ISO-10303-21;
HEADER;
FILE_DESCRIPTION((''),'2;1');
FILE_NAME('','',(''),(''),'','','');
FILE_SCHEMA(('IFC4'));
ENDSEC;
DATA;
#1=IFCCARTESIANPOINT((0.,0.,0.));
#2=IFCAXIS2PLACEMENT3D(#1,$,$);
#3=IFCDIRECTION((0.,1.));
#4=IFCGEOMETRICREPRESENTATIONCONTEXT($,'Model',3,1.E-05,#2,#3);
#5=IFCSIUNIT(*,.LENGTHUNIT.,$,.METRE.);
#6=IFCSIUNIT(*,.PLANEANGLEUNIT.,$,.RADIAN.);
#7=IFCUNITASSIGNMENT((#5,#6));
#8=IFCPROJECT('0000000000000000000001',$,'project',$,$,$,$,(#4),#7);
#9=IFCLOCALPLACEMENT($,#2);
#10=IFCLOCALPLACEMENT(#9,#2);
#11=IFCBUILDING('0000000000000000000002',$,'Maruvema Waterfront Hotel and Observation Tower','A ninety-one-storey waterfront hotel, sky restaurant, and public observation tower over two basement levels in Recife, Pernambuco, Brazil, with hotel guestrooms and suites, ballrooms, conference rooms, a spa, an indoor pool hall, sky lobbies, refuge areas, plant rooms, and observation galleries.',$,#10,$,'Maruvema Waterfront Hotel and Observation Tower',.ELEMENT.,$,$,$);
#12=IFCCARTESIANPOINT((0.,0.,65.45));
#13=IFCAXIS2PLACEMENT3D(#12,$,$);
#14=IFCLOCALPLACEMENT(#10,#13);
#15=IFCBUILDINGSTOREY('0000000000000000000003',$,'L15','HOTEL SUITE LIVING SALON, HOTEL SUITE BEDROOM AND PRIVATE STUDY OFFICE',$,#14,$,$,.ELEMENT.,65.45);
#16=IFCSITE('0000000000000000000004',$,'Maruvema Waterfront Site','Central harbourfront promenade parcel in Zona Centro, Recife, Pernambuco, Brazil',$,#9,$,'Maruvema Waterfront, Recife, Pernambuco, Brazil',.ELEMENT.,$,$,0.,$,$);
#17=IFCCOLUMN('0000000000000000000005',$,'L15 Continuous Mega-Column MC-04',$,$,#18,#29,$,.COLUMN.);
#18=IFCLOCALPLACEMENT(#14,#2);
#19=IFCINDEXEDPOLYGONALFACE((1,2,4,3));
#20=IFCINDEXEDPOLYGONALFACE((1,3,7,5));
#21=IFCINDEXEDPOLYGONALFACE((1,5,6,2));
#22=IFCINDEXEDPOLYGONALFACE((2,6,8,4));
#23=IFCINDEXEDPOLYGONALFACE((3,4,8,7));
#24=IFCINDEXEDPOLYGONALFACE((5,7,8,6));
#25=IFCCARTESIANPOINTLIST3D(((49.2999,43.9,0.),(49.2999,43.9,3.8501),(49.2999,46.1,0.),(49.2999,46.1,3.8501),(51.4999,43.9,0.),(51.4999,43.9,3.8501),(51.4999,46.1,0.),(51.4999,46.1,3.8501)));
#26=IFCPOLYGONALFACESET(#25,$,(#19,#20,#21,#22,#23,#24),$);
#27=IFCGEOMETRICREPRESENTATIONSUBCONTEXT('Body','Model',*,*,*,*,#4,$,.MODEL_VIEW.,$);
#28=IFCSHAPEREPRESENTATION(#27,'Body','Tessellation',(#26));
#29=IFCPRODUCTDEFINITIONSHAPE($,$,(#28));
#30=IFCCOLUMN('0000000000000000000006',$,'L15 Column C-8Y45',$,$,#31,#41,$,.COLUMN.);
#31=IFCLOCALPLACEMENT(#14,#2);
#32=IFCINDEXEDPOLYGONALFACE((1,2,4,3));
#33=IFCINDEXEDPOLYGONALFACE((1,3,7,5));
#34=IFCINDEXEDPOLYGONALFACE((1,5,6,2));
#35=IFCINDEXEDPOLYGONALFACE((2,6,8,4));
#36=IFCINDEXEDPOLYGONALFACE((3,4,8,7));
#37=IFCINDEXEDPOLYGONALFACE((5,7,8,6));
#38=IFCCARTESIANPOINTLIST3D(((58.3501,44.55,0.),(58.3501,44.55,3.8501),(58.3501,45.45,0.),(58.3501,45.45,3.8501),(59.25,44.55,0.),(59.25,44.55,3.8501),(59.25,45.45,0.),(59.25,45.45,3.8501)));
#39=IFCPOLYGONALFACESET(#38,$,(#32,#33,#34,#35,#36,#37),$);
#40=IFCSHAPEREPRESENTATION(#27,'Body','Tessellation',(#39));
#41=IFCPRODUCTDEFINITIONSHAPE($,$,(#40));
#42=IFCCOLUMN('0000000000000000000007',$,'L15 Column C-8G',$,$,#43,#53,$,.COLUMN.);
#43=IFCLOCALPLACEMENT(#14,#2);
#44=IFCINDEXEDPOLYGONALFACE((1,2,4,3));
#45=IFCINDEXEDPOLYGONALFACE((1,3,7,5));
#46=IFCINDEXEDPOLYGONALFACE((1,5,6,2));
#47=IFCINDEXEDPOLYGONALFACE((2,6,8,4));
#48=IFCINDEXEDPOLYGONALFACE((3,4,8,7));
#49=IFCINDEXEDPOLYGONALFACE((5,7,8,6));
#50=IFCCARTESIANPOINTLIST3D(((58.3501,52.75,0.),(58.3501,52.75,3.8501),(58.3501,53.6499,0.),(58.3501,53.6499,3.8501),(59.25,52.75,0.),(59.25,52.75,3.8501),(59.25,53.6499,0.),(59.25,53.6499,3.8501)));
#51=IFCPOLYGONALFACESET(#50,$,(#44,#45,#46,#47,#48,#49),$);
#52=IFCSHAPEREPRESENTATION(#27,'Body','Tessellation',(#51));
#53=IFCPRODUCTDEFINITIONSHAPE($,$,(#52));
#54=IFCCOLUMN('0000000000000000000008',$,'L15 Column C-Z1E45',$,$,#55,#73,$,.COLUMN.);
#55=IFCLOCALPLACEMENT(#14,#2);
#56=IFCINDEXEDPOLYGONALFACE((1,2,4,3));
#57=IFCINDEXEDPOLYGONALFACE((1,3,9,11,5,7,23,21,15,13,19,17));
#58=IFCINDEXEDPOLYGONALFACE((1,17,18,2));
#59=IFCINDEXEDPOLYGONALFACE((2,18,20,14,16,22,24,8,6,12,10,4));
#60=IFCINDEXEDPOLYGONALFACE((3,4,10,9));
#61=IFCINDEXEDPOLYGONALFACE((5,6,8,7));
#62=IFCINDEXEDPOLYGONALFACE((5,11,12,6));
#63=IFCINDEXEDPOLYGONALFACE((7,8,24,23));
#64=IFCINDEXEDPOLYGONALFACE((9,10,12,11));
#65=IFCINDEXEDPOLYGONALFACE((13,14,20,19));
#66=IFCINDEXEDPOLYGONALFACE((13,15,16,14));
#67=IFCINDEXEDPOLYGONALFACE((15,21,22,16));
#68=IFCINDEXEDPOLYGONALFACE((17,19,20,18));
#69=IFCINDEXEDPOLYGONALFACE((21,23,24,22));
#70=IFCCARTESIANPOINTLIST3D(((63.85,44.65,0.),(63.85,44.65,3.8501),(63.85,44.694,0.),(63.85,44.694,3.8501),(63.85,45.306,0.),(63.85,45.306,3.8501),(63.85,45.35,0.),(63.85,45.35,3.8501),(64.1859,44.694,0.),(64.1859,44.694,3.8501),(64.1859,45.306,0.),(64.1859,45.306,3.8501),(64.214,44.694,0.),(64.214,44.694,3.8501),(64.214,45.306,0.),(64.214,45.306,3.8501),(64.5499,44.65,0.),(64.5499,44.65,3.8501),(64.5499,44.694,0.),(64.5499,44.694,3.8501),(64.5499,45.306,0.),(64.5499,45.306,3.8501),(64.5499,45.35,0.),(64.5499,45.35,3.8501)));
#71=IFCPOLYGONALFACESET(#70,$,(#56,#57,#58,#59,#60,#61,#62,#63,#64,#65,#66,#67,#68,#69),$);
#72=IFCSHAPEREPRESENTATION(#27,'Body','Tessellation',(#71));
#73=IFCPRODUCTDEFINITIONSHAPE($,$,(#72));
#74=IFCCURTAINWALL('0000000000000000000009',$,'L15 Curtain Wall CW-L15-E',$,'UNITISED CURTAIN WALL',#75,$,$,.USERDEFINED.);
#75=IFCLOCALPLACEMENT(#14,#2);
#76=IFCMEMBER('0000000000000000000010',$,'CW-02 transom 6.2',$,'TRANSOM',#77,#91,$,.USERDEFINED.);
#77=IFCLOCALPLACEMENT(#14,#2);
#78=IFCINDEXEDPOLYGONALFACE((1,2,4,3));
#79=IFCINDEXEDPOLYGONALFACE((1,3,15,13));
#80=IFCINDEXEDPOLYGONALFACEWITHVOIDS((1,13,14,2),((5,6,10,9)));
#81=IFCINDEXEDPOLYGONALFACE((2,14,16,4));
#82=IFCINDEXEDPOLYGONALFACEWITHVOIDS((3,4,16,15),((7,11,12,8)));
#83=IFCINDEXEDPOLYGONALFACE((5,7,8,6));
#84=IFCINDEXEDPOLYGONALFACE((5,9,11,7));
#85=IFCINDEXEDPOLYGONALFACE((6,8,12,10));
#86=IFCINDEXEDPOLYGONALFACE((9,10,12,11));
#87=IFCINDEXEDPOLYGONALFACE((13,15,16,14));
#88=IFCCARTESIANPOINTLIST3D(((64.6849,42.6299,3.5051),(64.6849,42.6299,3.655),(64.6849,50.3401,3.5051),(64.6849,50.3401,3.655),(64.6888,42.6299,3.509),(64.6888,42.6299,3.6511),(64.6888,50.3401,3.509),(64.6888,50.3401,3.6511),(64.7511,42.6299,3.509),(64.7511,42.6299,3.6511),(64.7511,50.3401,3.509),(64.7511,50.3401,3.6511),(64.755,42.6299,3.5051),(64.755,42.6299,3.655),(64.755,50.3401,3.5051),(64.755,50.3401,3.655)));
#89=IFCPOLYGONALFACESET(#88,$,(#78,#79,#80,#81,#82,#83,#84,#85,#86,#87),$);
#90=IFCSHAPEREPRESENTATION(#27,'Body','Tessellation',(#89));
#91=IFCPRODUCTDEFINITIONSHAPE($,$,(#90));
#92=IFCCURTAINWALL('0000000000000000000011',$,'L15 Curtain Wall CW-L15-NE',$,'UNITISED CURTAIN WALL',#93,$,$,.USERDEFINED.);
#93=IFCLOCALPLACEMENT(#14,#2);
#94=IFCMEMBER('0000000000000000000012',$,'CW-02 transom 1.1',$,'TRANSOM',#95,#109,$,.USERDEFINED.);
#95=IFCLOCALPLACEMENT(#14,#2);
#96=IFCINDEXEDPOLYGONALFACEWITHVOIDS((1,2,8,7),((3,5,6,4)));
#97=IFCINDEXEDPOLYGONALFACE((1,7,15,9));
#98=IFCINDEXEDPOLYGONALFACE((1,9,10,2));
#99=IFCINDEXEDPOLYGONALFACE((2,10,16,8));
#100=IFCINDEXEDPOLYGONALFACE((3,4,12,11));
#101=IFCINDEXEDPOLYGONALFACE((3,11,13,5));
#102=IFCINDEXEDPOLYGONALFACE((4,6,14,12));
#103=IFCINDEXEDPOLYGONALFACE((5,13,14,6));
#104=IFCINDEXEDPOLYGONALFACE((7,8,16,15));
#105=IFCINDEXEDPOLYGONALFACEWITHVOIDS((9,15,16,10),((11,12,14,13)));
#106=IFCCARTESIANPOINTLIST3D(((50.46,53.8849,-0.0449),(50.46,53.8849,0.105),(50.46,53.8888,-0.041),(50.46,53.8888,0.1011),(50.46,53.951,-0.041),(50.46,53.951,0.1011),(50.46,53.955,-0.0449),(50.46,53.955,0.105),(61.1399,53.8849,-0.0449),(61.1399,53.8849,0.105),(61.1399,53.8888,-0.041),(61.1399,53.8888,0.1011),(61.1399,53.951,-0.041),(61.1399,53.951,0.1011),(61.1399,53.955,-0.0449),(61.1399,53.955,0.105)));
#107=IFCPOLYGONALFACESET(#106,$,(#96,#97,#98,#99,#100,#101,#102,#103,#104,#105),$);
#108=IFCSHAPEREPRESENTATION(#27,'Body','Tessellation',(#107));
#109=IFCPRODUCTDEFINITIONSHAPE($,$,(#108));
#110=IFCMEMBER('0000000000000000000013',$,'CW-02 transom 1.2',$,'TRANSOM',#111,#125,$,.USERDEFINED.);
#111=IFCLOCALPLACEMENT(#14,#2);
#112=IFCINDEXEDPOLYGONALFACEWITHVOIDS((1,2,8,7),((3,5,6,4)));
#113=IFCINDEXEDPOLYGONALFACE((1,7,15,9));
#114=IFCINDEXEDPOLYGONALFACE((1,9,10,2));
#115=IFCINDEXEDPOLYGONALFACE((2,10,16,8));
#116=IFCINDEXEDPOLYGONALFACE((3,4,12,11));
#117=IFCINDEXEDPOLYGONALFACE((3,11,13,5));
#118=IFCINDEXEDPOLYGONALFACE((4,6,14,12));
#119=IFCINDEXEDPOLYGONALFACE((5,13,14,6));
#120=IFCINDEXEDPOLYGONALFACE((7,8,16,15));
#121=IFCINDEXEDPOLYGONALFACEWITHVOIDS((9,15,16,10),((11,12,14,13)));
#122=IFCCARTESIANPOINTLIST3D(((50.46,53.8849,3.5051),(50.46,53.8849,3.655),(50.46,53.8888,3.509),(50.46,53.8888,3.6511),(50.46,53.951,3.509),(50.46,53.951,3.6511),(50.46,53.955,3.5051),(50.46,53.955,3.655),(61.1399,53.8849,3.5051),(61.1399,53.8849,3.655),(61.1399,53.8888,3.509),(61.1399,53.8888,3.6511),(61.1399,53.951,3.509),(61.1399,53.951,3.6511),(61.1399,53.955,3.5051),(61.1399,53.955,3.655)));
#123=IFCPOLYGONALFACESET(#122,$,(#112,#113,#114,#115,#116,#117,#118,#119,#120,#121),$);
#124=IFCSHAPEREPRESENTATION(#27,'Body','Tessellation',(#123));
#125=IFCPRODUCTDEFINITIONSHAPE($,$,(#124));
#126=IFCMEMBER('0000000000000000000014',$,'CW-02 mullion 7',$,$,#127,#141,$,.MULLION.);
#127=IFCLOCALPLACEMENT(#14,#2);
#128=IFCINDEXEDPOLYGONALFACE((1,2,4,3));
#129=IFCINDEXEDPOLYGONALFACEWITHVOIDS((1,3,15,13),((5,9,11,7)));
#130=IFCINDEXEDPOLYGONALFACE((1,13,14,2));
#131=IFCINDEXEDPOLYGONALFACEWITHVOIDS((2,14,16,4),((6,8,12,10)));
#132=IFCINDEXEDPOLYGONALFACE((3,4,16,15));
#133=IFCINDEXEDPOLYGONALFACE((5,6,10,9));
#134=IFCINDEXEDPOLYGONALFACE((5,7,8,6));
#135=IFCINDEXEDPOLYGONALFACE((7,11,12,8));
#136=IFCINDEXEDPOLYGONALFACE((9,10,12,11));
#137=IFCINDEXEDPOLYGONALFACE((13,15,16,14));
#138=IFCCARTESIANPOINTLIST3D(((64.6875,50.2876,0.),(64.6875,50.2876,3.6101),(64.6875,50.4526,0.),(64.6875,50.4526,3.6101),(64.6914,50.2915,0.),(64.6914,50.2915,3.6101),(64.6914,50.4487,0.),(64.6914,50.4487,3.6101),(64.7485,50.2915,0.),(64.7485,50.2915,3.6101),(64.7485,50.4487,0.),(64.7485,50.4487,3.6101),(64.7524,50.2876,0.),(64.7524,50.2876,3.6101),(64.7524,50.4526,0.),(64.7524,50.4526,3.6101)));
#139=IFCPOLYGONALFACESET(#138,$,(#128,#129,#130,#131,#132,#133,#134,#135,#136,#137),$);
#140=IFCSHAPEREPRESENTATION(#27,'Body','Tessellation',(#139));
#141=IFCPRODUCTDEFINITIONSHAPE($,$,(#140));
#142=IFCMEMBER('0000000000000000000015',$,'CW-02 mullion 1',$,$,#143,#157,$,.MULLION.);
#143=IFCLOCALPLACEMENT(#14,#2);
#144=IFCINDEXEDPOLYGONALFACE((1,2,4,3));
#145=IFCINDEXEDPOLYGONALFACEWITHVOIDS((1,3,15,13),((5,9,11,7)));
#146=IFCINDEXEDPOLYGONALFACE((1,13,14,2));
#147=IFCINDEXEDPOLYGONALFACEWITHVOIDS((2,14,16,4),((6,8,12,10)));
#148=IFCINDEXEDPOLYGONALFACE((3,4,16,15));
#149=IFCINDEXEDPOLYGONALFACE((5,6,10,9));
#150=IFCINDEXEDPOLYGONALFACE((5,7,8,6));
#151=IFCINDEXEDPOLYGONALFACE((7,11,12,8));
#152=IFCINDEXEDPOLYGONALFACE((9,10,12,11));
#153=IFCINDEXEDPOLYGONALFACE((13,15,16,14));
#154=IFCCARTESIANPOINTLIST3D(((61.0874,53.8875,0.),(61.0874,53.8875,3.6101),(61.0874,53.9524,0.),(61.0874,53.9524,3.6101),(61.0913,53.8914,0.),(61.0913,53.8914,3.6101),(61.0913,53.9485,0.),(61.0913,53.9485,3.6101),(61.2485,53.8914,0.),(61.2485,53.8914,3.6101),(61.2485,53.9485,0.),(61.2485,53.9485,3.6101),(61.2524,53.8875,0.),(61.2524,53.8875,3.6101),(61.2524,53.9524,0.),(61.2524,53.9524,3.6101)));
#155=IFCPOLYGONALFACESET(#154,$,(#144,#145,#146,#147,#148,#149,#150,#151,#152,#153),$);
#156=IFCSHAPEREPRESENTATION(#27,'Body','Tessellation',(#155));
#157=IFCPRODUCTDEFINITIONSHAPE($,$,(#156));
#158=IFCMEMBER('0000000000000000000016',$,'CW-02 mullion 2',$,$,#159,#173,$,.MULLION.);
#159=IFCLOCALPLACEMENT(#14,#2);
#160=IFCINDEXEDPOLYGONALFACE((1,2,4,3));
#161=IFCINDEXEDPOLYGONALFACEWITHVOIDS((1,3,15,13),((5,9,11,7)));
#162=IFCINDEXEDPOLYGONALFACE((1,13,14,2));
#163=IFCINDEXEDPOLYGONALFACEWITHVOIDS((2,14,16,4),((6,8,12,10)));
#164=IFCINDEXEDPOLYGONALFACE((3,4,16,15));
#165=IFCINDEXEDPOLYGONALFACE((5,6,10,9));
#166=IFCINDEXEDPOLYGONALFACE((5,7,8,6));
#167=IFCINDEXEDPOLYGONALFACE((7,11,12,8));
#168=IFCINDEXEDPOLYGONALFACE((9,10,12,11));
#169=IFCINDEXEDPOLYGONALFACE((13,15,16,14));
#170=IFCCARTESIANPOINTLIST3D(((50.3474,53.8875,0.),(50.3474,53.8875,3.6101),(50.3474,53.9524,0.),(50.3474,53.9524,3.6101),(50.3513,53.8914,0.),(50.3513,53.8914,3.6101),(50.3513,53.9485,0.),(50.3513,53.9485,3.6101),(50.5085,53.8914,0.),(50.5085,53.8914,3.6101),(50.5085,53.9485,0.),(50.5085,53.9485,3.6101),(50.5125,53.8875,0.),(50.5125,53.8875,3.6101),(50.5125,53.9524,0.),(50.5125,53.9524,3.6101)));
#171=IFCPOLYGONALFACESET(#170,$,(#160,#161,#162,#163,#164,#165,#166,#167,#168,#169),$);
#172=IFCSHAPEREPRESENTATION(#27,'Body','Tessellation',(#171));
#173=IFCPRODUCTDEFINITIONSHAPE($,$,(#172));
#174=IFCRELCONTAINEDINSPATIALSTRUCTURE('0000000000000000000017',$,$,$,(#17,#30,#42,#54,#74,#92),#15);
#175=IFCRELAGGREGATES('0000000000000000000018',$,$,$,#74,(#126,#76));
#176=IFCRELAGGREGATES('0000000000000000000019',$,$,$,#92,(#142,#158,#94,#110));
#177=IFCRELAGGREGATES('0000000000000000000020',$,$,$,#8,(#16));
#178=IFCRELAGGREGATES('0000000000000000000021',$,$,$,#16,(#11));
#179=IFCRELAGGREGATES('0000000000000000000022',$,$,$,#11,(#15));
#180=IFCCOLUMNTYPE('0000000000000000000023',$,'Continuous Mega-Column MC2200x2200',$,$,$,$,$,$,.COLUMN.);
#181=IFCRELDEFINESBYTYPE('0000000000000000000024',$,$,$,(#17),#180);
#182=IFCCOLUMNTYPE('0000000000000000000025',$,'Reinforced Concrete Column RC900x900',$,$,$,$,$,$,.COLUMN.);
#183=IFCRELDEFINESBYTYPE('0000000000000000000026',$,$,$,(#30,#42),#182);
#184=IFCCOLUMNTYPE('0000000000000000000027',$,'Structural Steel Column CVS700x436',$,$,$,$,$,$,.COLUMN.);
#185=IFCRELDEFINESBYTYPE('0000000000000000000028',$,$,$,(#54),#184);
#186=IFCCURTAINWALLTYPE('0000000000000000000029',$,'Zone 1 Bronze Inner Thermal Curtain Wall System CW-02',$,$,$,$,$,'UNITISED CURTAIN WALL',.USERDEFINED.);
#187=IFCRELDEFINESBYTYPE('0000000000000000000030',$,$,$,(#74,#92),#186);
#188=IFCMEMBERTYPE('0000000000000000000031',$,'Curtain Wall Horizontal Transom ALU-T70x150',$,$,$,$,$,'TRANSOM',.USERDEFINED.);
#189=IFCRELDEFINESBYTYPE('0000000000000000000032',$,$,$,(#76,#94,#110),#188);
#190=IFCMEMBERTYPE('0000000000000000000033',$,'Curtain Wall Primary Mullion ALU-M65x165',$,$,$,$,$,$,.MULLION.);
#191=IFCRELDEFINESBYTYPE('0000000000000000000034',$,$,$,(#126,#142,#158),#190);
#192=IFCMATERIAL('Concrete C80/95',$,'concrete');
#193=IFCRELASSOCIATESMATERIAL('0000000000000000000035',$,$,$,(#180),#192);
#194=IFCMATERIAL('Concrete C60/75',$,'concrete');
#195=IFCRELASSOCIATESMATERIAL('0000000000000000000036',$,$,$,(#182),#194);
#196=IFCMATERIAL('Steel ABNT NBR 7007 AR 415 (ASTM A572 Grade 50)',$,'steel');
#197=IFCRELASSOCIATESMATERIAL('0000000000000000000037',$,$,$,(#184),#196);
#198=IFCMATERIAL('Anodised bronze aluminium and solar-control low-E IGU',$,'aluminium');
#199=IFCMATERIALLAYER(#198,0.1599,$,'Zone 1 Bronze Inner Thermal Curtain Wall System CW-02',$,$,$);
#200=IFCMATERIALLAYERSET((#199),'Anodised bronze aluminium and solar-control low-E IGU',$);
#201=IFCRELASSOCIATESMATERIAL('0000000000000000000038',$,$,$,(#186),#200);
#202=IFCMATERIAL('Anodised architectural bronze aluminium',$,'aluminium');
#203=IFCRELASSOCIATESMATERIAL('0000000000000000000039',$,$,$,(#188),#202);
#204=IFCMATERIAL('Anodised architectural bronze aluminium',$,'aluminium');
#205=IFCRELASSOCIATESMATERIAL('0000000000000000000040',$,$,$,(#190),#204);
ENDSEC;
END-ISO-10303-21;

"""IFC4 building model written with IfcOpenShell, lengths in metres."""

from ifc_helpers import new_model, si_unit, direction, frame, origin, origin_2d, place, context, subcontext, project, spatial, rectangle, hollow_rectangle, i_section, extrude, material, layer, layer_set, material_profile, profile_set, type_object, element, aggregate, save


model = new_model("IFC4")

# Units and contexts
model_context = context("Model", 3, precision=1e-05, world=origin(), true_north=direction((0.0, 1.0)))
body_context = subcontext(model_context, "Body", "Model", "MODEL_VIEW")
ifc_project = project(units=[si_unit("LENGTHUNIT", "METRE"), si_unit("PLANEANGLEUNIT", "RADIAN")], contexts=[model_context])

# Site, building, storey
site_placement = place(None, origin())
site = spatial("IfcSite", under=ifc_project, at=site_placement, Name="Maruvema Waterfront Site", Description="Central harbourfront promenade parcel in Zona Centro, Recife, Pernambuco, Brazil", LongName="Maruvema Waterfront, Recife, Pernambuco, Brazil", CompositionType="ELEMENT", RefElevation=0.0)
building_placement = place(site_placement, origin())
building = spatial("IfcBuilding", under=site, at=building_placement, Name="Maruvema Waterfront Hotel and Observation Tower", Description="A ninety-one-storey waterfront hotel, sky restaurant, and public observation tower over two basement levels in Recife, Pernambuco, Brazil, with hotel guestrooms and suites, ballrooms, conference rooms, a spa, an indoor pool hall, sky lobbies, refuge areas, plant rooms, and observation galleries.", LongName="Maruvema Waterfront Hotel and Observation Tower", CompositionType="ELEMENT")
storey_placement = place(building_placement, frame((0.0, 0.0, 65.45)))
storey = spatial("IfcBuildingStorey", under=building, at=storey_placement, Name="L15", Description="HOTEL SUITE LIVING SALON, HOTEL SUITE BEDROOM AND PRIVATE STUDY OFFICE", CompositionType="ELEMENT", Elevation=65.45)

# Columns
ifc_material_1 = material(Name="Concrete C80/95", Category="concrete")
ifc_material_profile_1 = material_profile(ifc_material_1, rectangle(XDim=2.2, YDim=2.2, at=origin_2d()), Name="MC2200x2200")
ifc_profile_set_1 = profile_set([ifc_material_profile_1], Name="Concrete C80/95")
column_type_1 = type_object("IfcColumnType", Name="Continuous Mega-Column MC2200x2200", PredefinedType="COLUMN", material=ifc_profile_set_1)
column_1_placement = place(storey_placement, frame((50.3999, 45.0, 0.0), z_axis=(0.0, 0.0, 1.0), x_axis=(1.0, 0.0, 0.0)))
element("IfcColumn", 1, at=column_1_placement, inside=storey, type_object=column_type_1, Name="L15 Continuous Mega-Column MC-04", PredefinedType="COLUMN", context=body_context, shape_type="SweptSolid", body=[
    extrude(rectangle(XDim=2.2, YDim=2.2, at=origin_2d()), origin(), (0.0, 0.0, 1.0), 3.8501),
])
ifc_material_2 = material(Name="Concrete C60/75", Category="concrete")
ifc_material_profile_2 = material_profile(ifc_material_2, rectangle(XDim=0.8999, YDim=0.8999, at=origin_2d()), Name="RC900x900")
ifc_profile_set_2 = profile_set([ifc_material_profile_2], Name="Concrete C60/75")
column_type_2 = type_object("IfcColumnType", Name="Reinforced Concrete Column RC900x900", PredefinedType="COLUMN", material=ifc_profile_set_2)
for number, where, z_axis, x_axis, name in (
    (2, (58.8, 45.0, 0.0), (0.0, 0.0, 1.0), (1.0, 0.0, 0.0), "L15 Column C-8Y45"),
    (3, (58.8, 53.2, 0.0), (0.0, 0.0, 1.0), (1.0, 0.0, 0.0), "L15 Column C-8G"),
):
    element("IfcColumn", number, at=place(storey_placement, frame(where, z_axis=z_axis, x_axis=x_axis)), inside=storey, type_object=column_type_2, Name=name, PredefinedType="COLUMN", context=body_context, shape_type="SweptSolid", body=[
        extrude(rectangle(XDim=0.8999, YDim=0.8999, at=origin_2d()), origin(), (0.0, 0.0, 1.0), 3.8501),
    ])
ifc_material_3 = material(Name="Steel ABNT NBR 7007 AR 415 (ASTM A572 Grade 50)", Category="steel")
ifc_material_profile_3 = material_profile(ifc_material_3, i_section(OverallWidth=0.7, OverallDepth=0.7, WebThickness=0.0281, FlangeThickness=0.0439, at=origin_2d()), Name="CVS700x436")
ifc_profile_set_3 = profile_set([ifc_material_profile_3], Name="Steel ABNT NBR 7007 AR 415 (ASTM A572 Grade 50)")
column_type_3 = type_object("IfcColumnType", Name="Structural Steel Column CVS700x436", PredefinedType="COLUMN", material=ifc_profile_set_3)
column_2_placement = place(storey_placement, frame((64.2, 45.0, 0.0), z_axis=(0.0, 0.0, 1.0), x_axis=(1.0, 0.0, 0.0)))
element("IfcColumn", 4, at=column_2_placement, inside=storey, type_object=column_type_3, Name="L15 Column C-Z1E45", PredefinedType="COLUMN", context=body_context, shape_type="SweptSolid", body=[
    extrude(i_section(OverallWidth=0.7, OverallDepth=0.7, WebThickness=0.0281, FlangeThickness=0.0439, at=origin_2d()), origin(), (0.0, 0.0, 1.0), 3.8501),
])

# Curtain wall, member
ifc_material_4 = material(Name="Anodised bronze aluminium and solar-control low-E IGU", Category="aluminium")
ifc_layer_1 = layer(ifc_material_4, 0.1599, Name="Zone 1 Bronze Inner Thermal Curtain Wall System CW-02")
ifc_layer_set_1 = layer_set([ifc_layer_1], Name="Anodised bronze aluminium and solar-control low-E IGU")
curtain_wall_type = type_object("IfcCurtainWallType", Name="Zone 1 Bronze Inner Thermal Curtain Wall System CW-02", ElementType="UNITISED CURTAIN WALL", PredefinedType="USERDEFINED", material=ifc_layer_set_1)
curtain_wall_1_placement = place(storey_placement, origin())
curtain_wall_1 = element("IfcCurtainWall", 5, at=curtain_wall_1_placement, inside=storey, type_object=curtain_wall_type, Name="L15 Curtain Wall CW-L15-E", ObjectType="UNITISED CURTAIN WALL", PredefinedType="USERDEFINED")
ifc_material_5 = material(Name="Anodised architectural bronze aluminium", Category="aluminium")
ifc_material_profile_4 = material_profile(ifc_material_5, hollow_rectangle(XDim=0.0701, YDim=0.1499, WallThickness=0.0039, at=origin_2d()), Name="ALU-T70x150")
ifc_profile_set_4 = profile_set([ifc_material_profile_4], Name="Anodised architectural bronze aluminium")
member_type_1 = type_object("IfcMemberType", Name="Curtain Wall Horizontal Transom ALU-T70x150", ElementType="TRANSOM", PredefinedType="USERDEFINED", material=ifc_profile_set_4)
member_1_placement = place(storey_placement, frame((64.72, 42.6299, 3.5801), z_axis=(0.0, 1.0, 0.0), x_axis=(-1.0, 0.0, 0.0)))
member_1 = element("IfcMember", 6, at=member_1_placement, type_object=member_type_1, Name="CW-02 transom 6.2", ObjectType="TRANSOM", PredefinedType="USERDEFINED", context=body_context, shape_type="SweptSolid", body=[
    extrude(hollow_rectangle(XDim=0.0701, YDim=0.1499, WallThickness=0.0039, at=origin_2d()), origin(), (0.0, 0.0, 1.0), 7.7102),
])

# Curtain wall, members
curtain_wall_2_placement = place(storey_placement, origin())
curtain_wall_2 = element("IfcCurtainWall", 7, at=curtain_wall_2_placement, inside=storey, type_object=curtain_wall_type, Name="L15 Curtain Wall CW-L15-NE", ObjectType="UNITISED CURTAIN WALL", PredefinedType="USERDEFINED")
member_2_placement = place(storey_placement, frame((61.1399, 53.9199, 0.03), z_axis=(-1.0, 0.0, 0.0), x_axis=(0.0, -1.0, 0.0)))
member_2 = element("IfcMember", 8, at=member_2_placement, type_object=member_type_1, Name="CW-02 transom 1.1", ObjectType="TRANSOM", PredefinedType="USERDEFINED", context=body_context, shape_type="SweptSolid", body=[
    extrude(hollow_rectangle(XDim=0.0701, YDim=0.1499, WallThickness=0.0039, at=origin_2d()), origin(), (0.0, 0.0, 1.0), 10.6799),
])
member_3_placement = place(storey_placement, frame((61.1399, 53.9199, 3.5801), z_axis=(-1.0, 0.0, 0.0), x_axis=(0.0, -1.0, 0.0)))
member_3 = element("IfcMember", 9, at=member_3_placement, type_object=member_type_1, Name="CW-02 transom 1.2", ObjectType="TRANSOM", PredefinedType="USERDEFINED", context=body_context, shape_type="SweptSolid", body=[
    extrude(hollow_rectangle(XDim=0.0701, YDim=0.1499, WallThickness=0.0039, at=origin_2d()), origin(), (0.0, 0.0, 1.0), 10.6799),
])

# Members
ifc_material_6 = material(Name="Anodised architectural bronze aluminium", Category="aluminium")
ifc_material_profile_5 = material_profile(ifc_material_6, hollow_rectangle(XDim=0.0649, YDim=0.165, WallThickness=0.0039, at=origin_2d()), Name="ALU-M65x165")
ifc_profile_set_5 = profile_set([ifc_material_profile_5], Name="Anodised architectural bronze aluminium")
member_type_2 = type_object("IfcMemberType", Name="Curtain Wall Primary Mullion ALU-M65x165", PredefinedType="MULLION", material=ifc_profile_set_5)
member_4_placement = place(storey_placement, frame((64.72, 50.3701, 0.0), z_axis=(0.0, 0.0, 1.0), x_axis=(-1.0, 0.0, 0.0)))
member_4 = element("IfcMember", 10, at=member_4_placement, type_object=member_type_2, Name="CW-02 mullion 7", PredefinedType="MULLION", context=body_context, shape_type="SweptSolid", body=[
    extrude(hollow_rectangle(XDim=0.0649, YDim=0.165, WallThickness=0.0039, at=origin_2d()), origin(), (0.0, 0.0, 1.0), 3.6101),
])
member_5_placement = place(storey_placement, frame((61.1699, 53.9199, 0.0), z_axis=(0.0, 0.0, 1.0), x_axis=(0.0, -1.0, 0.0)))
member_5 = element("IfcMember", 11, at=member_5_placement, type_object=member_type_2, Name="CW-02 mullion 1", PredefinedType="MULLION", context=body_context, shape_type="SweptSolid", body=[
    extrude(hollow_rectangle(XDim=0.0649, YDim=0.165, WallThickness=0.0039, at=origin_2d()), origin(), (0.0, 0.0, 1.0), 3.6101),
])
member_6_placement = place(storey_placement, frame((50.4299, 53.9199, 0.0), z_axis=(0.0, 0.0, 1.0), x_axis=(0.0, -1.0, 0.0)))
member_6 = element("IfcMember", 12, at=member_6_placement, type_object=member_type_2, Name="CW-02 mullion 2", PredefinedType="MULLION", context=body_context, shape_type="SweptSolid", body=[
    extrude(hollow_rectangle(XDim=0.0649, YDim=0.165, WallThickness=0.0039, at=origin_2d()), origin(), (0.0, 0.0, 1.0), 3.6101),
])

aggregate(curtain_wall_1, [member_4, member_1])
aggregate(curtain_wall_2, [member_5, member_6, member_2, member_3])

save(model, "model.ifc")
